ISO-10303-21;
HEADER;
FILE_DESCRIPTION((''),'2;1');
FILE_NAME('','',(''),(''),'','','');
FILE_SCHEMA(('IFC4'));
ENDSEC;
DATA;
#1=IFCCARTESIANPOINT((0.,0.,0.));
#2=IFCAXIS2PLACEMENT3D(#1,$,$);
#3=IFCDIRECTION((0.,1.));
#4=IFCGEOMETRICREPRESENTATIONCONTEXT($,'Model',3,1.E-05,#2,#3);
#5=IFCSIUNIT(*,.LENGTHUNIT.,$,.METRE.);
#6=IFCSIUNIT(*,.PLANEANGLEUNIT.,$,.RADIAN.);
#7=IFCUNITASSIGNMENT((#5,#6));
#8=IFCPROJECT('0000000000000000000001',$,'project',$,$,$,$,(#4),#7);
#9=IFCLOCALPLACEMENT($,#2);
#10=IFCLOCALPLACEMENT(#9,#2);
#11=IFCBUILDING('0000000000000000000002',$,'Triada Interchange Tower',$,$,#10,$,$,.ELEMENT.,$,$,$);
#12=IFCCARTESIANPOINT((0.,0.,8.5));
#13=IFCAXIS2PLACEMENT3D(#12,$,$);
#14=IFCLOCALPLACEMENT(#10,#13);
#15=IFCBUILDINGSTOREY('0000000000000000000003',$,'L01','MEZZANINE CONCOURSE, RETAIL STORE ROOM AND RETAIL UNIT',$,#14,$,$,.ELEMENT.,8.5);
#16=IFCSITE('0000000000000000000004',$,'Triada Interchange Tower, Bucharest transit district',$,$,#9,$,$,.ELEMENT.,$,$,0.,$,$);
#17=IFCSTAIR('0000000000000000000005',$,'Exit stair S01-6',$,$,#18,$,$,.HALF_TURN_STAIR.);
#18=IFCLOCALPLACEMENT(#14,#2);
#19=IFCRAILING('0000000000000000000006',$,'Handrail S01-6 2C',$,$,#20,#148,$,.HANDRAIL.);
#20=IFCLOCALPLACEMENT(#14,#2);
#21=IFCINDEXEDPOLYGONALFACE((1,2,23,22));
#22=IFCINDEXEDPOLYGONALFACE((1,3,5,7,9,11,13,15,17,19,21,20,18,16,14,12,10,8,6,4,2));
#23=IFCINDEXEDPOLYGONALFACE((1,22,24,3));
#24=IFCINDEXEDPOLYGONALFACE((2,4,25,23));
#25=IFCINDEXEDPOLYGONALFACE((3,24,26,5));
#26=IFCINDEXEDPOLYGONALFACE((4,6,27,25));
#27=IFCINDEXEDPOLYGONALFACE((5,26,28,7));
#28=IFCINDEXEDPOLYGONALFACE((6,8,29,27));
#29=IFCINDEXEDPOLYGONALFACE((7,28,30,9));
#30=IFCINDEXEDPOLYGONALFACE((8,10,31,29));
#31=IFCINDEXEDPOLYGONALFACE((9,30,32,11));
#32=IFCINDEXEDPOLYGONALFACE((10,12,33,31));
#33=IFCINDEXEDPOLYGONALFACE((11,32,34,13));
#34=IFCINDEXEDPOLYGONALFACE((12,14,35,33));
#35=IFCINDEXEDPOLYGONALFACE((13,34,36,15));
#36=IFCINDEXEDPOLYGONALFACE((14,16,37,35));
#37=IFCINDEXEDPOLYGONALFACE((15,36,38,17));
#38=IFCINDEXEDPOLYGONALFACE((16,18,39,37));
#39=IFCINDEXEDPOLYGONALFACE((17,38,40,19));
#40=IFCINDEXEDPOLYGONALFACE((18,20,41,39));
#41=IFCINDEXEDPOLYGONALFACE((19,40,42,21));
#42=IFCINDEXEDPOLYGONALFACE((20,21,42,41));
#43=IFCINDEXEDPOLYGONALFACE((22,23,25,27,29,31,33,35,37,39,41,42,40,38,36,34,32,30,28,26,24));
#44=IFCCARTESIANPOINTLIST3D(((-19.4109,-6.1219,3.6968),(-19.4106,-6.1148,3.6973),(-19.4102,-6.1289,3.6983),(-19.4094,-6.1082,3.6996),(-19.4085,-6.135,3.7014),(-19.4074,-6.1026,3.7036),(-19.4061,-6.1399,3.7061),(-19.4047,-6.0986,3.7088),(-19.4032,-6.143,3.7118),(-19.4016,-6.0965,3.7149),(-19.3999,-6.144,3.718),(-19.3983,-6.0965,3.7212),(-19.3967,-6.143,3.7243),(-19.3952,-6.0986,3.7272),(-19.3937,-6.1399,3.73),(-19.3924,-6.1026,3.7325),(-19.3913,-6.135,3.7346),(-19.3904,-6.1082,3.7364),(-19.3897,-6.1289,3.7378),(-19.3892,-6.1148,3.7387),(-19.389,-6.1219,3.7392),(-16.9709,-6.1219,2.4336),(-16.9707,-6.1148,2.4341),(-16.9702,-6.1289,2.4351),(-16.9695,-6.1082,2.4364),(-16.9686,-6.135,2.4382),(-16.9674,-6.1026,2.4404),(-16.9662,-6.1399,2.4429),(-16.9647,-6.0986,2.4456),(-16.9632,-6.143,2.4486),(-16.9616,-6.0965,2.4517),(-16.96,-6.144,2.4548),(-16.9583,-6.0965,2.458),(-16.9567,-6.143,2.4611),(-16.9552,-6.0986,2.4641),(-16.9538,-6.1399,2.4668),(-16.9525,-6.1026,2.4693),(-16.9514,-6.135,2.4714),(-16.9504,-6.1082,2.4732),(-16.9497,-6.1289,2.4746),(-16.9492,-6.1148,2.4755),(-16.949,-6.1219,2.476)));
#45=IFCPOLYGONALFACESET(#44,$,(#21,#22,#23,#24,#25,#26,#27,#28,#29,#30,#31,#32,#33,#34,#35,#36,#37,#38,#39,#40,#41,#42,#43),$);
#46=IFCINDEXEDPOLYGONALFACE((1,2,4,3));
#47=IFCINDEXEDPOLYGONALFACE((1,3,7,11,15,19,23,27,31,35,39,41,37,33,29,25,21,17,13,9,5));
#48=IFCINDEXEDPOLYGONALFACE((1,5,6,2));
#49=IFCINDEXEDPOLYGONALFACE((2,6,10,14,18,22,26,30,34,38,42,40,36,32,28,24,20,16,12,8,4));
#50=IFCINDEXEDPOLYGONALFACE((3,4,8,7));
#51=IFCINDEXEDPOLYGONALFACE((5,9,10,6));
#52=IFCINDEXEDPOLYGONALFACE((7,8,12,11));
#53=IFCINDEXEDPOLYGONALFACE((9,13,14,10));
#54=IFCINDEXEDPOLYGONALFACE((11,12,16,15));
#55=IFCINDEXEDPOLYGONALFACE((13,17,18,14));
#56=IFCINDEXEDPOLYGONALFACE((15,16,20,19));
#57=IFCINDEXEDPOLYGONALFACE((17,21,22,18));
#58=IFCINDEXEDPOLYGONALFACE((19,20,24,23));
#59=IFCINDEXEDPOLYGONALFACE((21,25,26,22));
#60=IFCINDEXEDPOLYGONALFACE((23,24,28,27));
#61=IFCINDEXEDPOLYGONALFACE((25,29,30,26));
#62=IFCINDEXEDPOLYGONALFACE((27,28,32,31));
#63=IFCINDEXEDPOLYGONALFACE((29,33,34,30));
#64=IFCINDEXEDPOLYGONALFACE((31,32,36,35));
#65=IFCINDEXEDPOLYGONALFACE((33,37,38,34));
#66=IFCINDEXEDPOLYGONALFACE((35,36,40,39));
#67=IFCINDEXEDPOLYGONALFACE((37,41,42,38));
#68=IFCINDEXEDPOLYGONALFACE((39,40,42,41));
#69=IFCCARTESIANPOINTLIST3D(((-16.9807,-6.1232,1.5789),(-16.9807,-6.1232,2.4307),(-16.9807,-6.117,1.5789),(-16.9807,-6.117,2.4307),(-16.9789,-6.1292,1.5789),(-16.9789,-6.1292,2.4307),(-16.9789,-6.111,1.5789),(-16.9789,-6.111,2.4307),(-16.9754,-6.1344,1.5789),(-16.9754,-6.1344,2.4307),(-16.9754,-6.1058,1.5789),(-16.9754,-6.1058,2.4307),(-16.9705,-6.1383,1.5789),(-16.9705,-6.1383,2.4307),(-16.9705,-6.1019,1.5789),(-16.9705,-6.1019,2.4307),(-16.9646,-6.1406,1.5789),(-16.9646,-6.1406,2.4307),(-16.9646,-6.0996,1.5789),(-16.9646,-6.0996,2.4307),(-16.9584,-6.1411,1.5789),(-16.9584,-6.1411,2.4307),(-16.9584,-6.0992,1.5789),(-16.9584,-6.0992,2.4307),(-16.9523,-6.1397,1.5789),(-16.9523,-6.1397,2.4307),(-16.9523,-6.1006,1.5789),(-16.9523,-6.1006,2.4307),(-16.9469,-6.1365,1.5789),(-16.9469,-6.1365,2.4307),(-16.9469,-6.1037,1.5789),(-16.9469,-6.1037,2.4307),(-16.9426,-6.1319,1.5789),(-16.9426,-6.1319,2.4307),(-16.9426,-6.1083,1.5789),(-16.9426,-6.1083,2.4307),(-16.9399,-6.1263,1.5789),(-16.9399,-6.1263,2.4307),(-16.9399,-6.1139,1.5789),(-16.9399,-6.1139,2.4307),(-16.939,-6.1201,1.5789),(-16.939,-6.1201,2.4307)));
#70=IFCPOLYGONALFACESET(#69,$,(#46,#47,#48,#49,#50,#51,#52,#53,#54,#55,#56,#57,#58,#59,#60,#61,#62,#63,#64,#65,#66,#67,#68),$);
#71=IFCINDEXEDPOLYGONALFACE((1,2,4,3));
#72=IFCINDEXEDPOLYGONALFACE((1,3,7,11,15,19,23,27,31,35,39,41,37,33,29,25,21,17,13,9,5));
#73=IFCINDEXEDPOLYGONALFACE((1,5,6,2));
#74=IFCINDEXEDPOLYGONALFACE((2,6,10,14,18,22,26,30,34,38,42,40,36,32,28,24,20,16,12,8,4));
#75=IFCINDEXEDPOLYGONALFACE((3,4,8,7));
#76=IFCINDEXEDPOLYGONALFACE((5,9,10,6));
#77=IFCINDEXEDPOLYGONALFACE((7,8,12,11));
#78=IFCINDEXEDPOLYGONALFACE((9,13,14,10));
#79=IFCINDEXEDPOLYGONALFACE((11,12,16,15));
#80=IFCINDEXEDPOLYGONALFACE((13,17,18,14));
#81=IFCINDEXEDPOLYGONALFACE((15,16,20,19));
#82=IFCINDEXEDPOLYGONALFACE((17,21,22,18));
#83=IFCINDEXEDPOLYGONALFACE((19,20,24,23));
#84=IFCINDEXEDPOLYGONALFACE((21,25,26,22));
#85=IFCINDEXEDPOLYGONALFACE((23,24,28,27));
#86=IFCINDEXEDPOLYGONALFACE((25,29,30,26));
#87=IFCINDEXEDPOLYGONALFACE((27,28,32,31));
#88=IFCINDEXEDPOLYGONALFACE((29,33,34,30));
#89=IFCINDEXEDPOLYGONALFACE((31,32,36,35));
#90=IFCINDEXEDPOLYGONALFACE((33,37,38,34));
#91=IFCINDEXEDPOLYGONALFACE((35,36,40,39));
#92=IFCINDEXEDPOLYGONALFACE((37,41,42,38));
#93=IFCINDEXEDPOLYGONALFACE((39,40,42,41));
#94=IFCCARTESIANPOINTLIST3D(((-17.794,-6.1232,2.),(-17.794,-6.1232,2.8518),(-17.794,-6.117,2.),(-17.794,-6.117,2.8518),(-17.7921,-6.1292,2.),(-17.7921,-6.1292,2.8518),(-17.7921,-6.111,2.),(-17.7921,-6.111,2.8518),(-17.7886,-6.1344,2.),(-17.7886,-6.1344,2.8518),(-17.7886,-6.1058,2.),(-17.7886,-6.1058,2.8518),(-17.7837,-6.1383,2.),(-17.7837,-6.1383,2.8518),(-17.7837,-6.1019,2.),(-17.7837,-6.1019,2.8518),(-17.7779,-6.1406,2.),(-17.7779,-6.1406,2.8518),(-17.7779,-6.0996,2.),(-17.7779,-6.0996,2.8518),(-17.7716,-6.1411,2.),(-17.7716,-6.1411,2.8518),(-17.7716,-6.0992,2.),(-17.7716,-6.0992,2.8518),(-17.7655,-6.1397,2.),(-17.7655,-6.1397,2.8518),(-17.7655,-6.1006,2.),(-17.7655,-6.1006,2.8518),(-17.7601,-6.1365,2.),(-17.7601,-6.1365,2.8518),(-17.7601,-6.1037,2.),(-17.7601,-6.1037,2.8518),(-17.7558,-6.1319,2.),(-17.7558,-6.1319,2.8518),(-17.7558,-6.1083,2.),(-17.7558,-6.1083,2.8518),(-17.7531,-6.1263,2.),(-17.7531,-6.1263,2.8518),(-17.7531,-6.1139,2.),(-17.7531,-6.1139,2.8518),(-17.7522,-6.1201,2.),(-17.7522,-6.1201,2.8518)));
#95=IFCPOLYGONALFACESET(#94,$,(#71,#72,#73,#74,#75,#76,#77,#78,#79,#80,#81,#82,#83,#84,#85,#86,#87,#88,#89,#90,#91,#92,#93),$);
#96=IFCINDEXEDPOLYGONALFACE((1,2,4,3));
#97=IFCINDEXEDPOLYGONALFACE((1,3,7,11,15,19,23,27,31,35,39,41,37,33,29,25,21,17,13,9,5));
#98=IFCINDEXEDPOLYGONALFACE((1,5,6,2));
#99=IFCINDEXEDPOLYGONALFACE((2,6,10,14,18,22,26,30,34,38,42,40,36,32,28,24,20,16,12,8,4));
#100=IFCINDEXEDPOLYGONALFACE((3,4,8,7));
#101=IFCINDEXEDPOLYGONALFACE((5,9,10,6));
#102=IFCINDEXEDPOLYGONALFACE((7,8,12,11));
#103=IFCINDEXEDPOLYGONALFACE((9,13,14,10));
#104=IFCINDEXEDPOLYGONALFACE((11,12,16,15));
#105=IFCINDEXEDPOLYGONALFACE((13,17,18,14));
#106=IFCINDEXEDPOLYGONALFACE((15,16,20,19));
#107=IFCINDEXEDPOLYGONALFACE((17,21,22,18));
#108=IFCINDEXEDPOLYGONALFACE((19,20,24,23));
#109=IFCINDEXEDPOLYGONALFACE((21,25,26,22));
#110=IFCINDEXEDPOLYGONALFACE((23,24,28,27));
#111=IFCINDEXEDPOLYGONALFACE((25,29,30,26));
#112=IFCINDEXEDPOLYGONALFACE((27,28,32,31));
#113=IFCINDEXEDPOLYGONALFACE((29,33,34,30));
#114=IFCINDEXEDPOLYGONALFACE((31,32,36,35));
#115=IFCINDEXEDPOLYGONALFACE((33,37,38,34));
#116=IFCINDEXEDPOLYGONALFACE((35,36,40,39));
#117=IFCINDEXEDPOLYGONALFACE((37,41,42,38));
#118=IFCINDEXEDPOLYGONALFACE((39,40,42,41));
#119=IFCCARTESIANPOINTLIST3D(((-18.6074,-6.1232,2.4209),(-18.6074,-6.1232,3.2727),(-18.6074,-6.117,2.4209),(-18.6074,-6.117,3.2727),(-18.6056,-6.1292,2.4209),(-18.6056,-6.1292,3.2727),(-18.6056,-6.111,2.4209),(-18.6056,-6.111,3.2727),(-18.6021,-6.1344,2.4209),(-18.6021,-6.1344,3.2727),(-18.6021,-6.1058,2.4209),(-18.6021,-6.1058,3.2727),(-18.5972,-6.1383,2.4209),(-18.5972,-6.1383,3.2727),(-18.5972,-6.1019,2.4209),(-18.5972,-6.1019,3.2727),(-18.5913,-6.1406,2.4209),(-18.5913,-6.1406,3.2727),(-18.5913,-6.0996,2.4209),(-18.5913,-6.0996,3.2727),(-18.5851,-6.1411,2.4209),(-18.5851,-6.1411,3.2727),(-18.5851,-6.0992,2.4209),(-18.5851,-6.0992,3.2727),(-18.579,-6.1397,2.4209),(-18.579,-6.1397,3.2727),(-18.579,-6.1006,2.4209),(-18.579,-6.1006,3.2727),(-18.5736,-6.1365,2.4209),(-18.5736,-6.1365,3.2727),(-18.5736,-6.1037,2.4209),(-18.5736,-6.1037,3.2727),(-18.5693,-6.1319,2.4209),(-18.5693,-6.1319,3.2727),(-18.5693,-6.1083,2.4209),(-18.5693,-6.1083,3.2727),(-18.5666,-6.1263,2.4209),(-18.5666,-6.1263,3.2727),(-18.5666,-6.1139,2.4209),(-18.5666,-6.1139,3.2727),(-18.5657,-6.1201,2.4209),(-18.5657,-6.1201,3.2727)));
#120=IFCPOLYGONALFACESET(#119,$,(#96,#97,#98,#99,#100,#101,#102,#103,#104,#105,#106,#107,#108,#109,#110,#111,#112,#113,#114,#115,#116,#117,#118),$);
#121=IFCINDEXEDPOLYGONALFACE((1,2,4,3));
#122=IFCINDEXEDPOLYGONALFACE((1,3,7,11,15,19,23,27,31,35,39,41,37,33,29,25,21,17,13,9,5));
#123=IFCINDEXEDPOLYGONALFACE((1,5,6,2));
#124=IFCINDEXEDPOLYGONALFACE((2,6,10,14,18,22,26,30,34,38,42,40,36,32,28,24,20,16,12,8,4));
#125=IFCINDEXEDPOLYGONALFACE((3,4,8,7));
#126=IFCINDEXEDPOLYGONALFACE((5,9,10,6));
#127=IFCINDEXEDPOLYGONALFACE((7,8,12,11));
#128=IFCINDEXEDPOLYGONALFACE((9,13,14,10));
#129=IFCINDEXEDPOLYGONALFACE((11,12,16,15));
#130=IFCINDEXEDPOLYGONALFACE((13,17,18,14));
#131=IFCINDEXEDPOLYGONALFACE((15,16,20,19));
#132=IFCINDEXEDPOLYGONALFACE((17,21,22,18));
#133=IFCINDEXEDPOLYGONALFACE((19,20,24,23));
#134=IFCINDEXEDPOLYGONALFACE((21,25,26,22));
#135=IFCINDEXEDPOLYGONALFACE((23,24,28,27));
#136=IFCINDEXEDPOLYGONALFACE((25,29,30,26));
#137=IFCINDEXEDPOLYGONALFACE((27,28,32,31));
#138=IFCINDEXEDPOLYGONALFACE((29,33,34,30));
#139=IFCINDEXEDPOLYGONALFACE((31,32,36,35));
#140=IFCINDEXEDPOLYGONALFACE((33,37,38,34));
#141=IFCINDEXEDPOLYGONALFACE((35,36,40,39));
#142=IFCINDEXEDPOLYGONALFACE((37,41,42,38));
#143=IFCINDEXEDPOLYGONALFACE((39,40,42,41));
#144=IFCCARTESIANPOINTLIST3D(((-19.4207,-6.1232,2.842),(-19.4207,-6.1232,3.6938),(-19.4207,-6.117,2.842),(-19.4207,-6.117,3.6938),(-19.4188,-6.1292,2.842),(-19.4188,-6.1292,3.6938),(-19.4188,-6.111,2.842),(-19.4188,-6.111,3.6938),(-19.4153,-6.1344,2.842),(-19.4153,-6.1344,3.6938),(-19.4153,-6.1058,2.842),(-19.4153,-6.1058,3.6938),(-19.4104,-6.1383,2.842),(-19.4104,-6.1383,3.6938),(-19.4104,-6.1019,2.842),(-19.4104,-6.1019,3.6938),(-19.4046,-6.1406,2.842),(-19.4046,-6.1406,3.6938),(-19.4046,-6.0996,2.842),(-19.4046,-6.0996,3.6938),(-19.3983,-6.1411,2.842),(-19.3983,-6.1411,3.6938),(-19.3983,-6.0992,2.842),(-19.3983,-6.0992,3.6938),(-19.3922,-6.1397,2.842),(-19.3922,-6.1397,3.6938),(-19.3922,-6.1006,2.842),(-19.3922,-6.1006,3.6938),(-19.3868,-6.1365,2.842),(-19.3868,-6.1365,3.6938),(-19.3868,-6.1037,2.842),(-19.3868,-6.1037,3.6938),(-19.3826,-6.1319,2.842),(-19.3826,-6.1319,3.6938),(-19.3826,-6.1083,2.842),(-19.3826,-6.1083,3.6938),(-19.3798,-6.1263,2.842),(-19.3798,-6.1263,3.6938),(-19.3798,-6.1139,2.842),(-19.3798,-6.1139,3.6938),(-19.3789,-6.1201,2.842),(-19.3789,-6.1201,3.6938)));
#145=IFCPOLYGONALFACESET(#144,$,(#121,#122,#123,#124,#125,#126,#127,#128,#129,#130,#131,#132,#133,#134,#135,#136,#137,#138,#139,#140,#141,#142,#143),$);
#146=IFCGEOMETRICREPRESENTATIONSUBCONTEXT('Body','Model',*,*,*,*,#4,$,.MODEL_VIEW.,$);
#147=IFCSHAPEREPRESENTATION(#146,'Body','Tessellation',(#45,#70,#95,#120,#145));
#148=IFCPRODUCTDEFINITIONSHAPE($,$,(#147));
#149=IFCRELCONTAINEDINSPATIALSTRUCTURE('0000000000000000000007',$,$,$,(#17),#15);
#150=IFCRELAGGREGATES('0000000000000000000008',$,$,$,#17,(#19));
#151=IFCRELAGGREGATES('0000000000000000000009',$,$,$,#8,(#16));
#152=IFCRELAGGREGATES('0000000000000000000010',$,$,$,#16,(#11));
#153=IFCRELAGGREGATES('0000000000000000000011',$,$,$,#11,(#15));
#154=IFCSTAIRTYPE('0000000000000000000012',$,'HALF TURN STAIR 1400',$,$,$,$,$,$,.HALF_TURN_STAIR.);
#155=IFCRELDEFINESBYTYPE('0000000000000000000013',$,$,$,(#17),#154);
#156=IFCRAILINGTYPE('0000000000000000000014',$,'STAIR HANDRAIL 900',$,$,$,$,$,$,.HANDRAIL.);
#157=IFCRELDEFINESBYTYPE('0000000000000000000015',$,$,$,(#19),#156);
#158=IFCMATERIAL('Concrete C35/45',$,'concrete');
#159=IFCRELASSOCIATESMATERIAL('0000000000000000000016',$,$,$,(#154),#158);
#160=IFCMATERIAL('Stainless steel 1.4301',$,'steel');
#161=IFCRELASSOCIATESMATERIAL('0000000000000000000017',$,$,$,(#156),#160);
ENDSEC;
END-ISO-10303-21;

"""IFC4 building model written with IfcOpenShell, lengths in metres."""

from ifc_helpers import new_model, si_unit, direction, frame, origin, origin_2d, place, context, subcontext, project, spatial, circle, extrude, material, type_object, element, aggregate, save


model = new_model("IFC4")

# Units and contexts
model_context = context("Model", 3, precision=1e-05, world=origin(), true_north=direction((0.0, 1.0)))
body_context = subcontext(model_context, "Body", "Model", "MODEL_VIEW")
ifc_project = project(units=[si_unit("LENGTHUNIT", "METRE"), si_unit("PLANEANGLEUNIT", "RADIAN")], contexts=[model_context])

# Site, building, storey
site_placement = place(None, origin())
site = spatial("IfcSite", under=ifc_project, at=site_placement, Name="Triada Interchange Tower, Bucharest transit district", CompositionType="ELEMENT", RefElevation=0.0)
building_placement = place(site_placement, origin())
building = spatial("IfcBuilding", under=site, at=building_placement, Name="Triada Interchange Tower", CompositionType="ELEMENT")
storey_placement = place(building_placement, frame((0.0, 0.0, 8.5)))
storey = spatial("IfcBuildingStorey", under=building, at=storey_placement, Name="L01", Description="MEZZANINE CONCOURSE, RETAIL STORE ROOM AND RETAIL UNIT", CompositionType="ELEMENT", Elevation=8.5)

# Shared definitions
ifc_material_1 = material(Name="Concrete C35/45", Category="concrete")

# Stair
stair_type = type_object("IfcStairType", Name="HALF TURN STAIR 1400", PredefinedType="HALF_TURN_STAIR", material=ifc_material_1)
stair_1_placement = place(storey_placement, origin())
stair_1 = element("IfcStair", 1, at=stair_1_placement, inside=storey, type_object=stair_type, Name="Exit stair S01-6", PredefinedType="HALF_TURN_STAIR")

# Railing
ifc_material_2 = material(Name="Stainless steel 1.4301", Category="steel")
railing_type_1 = type_object("IfcRailingType", Name="STAIR HANDRAIL 900", PredefinedType="HANDRAIL", material=ifc_material_2)
railing_1_placement = place(storey_placement, frame((-16.96, -6.1201, 1.5789)))
railing_1 = element("IfcRailing", 2, at=railing_1_placement, type_object=railing_type_1, Name="Handrail S01-6 2C", PredefinedType="HANDRAIL", context=body_context, shape_type="SweptSolid", body=[
    extrude(circle(Radius=0.0239, at=origin_2d()), frame((0.0, 0.0, 0.876), z_axis=(-0.888048, 0.0, 0.459752), x_axis=(0.0, -1.0, 0.0)), (0.0, 0.0, 1.0), 2.7476),
    extrude(circle(Radius=0.021, at=origin_2d()), origin(), (0.0, 0.0, 1.0), 0.8518),
    extrude(circle(Radius=0.021, at=origin_2d()), frame((-0.8132, 0.0, 0.4211)), (0.0, 0.0, 1.0), 0.8518),
    extrude(circle(Radius=0.021, at=origin_2d()), frame((-1.6267, 0.0, 0.842)), (0.0, 0.0, 1.0), 0.8518),
    extrude(circle(Radius=0.021, at=origin_2d()), frame((-2.4399, 0.0, 1.2632)), (0.0, 0.0, 1.0), 0.8518),
])
aggregate(stair_1, [railing_1])

save(model, "model.ifc")
